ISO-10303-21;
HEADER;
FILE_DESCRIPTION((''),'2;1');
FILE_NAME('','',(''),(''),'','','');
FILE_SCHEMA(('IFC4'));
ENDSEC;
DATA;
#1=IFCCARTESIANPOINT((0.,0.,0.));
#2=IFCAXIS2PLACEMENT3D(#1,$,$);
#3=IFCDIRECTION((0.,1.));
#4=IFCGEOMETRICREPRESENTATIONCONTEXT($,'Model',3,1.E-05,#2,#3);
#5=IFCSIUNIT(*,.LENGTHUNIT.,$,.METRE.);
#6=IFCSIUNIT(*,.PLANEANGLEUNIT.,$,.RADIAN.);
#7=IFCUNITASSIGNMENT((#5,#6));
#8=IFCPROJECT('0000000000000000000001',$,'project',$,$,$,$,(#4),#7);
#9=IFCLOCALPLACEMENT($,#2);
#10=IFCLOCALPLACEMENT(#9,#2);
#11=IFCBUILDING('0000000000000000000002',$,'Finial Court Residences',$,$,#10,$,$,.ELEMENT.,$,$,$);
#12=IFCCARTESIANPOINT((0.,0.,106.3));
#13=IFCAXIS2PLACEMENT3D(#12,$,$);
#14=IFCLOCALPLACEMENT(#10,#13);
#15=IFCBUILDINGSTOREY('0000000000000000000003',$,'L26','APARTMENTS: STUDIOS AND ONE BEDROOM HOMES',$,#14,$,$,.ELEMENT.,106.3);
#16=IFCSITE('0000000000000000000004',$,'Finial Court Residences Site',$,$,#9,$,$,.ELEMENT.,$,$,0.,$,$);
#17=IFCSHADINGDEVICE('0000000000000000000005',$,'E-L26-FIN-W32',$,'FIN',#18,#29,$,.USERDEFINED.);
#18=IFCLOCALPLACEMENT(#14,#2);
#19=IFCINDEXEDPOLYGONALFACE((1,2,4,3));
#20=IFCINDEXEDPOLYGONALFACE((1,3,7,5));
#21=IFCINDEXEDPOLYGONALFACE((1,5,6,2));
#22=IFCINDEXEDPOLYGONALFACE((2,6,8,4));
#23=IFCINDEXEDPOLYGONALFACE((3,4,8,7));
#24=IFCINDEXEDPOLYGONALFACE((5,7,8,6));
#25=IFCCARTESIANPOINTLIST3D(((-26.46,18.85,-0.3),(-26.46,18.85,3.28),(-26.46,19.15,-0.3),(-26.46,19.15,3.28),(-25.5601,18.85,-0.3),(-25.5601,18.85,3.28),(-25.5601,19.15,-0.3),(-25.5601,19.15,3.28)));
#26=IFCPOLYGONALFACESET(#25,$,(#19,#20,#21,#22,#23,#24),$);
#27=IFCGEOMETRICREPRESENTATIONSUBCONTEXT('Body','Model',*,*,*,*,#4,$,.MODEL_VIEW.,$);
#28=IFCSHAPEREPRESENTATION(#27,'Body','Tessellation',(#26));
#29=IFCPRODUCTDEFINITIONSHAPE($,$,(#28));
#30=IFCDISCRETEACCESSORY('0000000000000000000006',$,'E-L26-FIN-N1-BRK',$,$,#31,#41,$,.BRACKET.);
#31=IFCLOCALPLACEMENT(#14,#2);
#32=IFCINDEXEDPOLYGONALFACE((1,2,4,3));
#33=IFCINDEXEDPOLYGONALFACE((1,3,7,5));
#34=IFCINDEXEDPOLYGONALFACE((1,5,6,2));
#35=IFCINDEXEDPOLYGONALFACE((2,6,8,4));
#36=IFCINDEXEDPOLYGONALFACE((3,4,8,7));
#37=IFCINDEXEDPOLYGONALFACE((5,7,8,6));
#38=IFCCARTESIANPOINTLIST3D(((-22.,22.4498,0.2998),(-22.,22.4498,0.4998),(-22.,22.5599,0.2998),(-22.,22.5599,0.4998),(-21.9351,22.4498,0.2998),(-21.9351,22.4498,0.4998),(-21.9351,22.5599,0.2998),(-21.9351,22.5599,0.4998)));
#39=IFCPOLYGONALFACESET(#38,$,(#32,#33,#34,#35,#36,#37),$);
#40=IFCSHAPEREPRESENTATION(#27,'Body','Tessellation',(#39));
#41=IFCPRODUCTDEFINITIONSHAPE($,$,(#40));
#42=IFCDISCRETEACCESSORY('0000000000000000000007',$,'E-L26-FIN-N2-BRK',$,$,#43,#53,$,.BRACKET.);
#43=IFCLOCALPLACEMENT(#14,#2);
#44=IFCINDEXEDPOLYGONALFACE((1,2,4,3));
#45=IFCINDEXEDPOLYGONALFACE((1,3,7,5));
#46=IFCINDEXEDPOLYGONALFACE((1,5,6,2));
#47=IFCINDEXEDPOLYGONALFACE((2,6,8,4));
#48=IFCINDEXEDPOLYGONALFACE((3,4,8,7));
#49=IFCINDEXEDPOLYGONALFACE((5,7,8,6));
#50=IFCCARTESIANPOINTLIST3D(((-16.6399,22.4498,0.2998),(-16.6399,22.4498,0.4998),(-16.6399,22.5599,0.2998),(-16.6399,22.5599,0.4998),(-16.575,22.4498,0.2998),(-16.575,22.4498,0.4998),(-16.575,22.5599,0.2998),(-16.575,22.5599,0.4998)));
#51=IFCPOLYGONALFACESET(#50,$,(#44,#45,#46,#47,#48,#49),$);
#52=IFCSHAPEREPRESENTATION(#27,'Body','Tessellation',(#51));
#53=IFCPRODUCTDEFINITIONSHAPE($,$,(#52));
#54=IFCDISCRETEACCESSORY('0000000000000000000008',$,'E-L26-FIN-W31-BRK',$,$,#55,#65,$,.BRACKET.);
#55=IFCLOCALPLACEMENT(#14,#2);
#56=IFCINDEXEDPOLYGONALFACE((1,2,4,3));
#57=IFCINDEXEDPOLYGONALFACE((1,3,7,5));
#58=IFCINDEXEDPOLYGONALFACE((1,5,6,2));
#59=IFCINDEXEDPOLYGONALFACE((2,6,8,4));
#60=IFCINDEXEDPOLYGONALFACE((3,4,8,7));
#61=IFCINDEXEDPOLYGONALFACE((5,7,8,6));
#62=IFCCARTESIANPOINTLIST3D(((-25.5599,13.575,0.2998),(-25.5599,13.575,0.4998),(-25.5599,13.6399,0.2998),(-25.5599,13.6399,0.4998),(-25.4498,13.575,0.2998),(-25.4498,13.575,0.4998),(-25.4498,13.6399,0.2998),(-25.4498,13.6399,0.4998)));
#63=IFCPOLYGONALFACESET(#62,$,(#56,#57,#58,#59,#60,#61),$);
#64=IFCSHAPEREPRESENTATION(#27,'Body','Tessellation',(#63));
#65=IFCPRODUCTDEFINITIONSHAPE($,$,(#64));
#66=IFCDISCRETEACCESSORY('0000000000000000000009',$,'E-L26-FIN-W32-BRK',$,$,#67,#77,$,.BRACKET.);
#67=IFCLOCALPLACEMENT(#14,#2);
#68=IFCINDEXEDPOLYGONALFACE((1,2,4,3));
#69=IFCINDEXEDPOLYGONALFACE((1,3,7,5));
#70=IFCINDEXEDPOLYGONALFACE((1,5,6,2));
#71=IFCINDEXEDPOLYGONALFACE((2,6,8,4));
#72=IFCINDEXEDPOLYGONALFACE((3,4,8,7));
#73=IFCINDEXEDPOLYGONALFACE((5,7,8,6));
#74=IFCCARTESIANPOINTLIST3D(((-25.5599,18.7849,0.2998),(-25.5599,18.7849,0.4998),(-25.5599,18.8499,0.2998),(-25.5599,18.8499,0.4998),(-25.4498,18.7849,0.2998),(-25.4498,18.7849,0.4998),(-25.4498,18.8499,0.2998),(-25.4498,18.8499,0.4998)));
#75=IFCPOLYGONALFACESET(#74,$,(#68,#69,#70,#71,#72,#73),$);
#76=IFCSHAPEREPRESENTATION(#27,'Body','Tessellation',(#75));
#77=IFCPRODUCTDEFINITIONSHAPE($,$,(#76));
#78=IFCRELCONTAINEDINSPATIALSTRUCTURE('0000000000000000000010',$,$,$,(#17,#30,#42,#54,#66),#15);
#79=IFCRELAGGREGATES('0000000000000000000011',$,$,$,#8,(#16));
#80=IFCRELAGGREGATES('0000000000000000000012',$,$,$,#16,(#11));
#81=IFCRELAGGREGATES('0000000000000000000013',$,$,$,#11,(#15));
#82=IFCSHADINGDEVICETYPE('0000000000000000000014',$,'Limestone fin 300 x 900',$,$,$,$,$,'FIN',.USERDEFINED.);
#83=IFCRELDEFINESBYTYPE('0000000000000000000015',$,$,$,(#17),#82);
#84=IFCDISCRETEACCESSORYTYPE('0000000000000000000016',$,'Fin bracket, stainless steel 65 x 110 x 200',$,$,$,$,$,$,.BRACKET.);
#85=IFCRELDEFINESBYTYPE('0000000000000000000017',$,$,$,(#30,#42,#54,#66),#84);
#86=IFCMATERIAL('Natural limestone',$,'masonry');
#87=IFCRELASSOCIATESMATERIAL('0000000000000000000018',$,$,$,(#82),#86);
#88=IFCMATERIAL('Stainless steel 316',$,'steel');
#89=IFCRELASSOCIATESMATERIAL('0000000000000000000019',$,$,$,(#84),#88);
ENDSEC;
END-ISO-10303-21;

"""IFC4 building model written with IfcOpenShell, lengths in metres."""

from ifc_helpers import new_model, si_unit, direction, frame, origin, origin_2d, place, context, subcontext, project, spatial, rectangle, extrude, material, type_object, element, save


model = new_model("IFC4")

# Units and contexts
model_context = context("Model", 3, precision=1e-05, world=origin(), true_north=direction((0.0, 1.0)))
body_context = subcontext(model_context, "Body", "Model", "MODEL_VIEW")
ifc_project = project(units=[si_unit("LENGTHUNIT", "METRE"), si_unit("PLANEANGLEUNIT", "RADIAN")], contexts=[model_context])

# Site, building, storey
site_placement = place(None, origin())
site = spatial("IfcSite", under=ifc_project, at=site_placement, Name="Finial Court Residences Site", CompositionType="ELEMENT", RefElevation=0.0)
building_placement = place(site_placement, origin())
building = spatial("IfcBuilding", under=site, at=building_placement, Name="Finial Court Residences", CompositionType="ELEMENT")
storey_placement = place(building_placement, frame((0.0, 0.0, 106.3)))
storey = spatial("IfcBuildingStorey", under=building, at=storey_placement, Name="L26", Description="APARTMENTS: STUDIOS AND ONE BEDROOM HOMES", CompositionType="ELEMENT", Elevation=106.3)

# Shared definitions
ifc_material_1 = material(Name="Natural limestone", Category="masonry")

# Shading device
shading_device_type = type_object("IfcShadingDeviceType", Name="Limestone fin 300 x 900", ElementType="FIN", PredefinedType="USERDEFINED", material=ifc_material_1)
shading_device_1_placement = place(storey_placement, frame((-26.01, 19.0, -0.3), z_axis=(0.0, 0.0, 1.0), x_axis=(1.0, 0.0, 0.0)))
element("IfcShadingDevice", 1, at=shading_device_1_placement, inside=storey, type_object=shading_device_type, Name="E-L26-FIN-W32", ObjectType="FIN", PredefinedType="USERDEFINED", context=body_context, shape_type="SweptSolid", body=[
    extrude(rectangle(XDim=0.8999, YDim=0.3, at=origin_2d()), origin(), (0.0, 0.0, 1.0), 3.5801),
])

# Discrete accessories
ifc_material_2 = material(Name="Stainless steel 316", Category="steel")
discrete_accessory_type = type_object("IfcDiscreteAccessoryType", Name="Fin bracket, stainless steel 65 x 110 x 200", PredefinedType="BRACKET", material=ifc_material_2)
for number, where, z_axis, x_axis, name in (
    (2, (-21.9675, 22.5049, 0.2998), (0.0, 0.0, 1.0), (1.0, 0.0, 0.0), "E-L26-FIN-N1-BRK"),
    (3, (-16.6074, 22.5049, 0.2998), (0.0, 0.0, 1.0), (1.0, 0.0, 0.0), "E-L26-FIN-N2-BRK"),
):
    element("IfcDiscreteAccessory", number, at=place(storey_placement, frame(where, z_axis=z_axis, x_axis=x_axis)), inside=storey, type_object=discrete_accessory_type, Name=name, PredefinedType="BRACKET", context=body_context, shape_type="SweptSolid", body=[
        extrude(rectangle(XDim=0.0649, YDim=0.1101, at=origin_2d()), origin(), (0.0, 0.0, 1.0), 0.2),
    ])
for number, where, z_axis, x_axis, name in (
    (4, (-25.5049, 13.6074, 0.2998), (0.0, 0.0, 1.0), (1.0, 0.0, 0.0), "E-L26-FIN-W31-BRK"),
    (5, (-25.5049, 18.8174, 0.2998), (0.0, 0.0, 1.0), (1.0, 0.0, 0.0), "E-L26-FIN-W32-BRK"),
):
    element("IfcDiscreteAccessory", number, at=place(storey_placement, frame(where, z_axis=z_axis, x_axis=x_axis)), inside=storey, type_object=discrete_accessory_type, Name=name, PredefinedType="BRACKET", context=body_context, shape_type="SweptSolid", body=[
        extrude(rectangle(XDim=0.1101, YDim=0.0649, at=origin_2d()), origin(), (0.0, 0.0, 1.0), 0.2),
    ])

save(model, "model.ifc")
